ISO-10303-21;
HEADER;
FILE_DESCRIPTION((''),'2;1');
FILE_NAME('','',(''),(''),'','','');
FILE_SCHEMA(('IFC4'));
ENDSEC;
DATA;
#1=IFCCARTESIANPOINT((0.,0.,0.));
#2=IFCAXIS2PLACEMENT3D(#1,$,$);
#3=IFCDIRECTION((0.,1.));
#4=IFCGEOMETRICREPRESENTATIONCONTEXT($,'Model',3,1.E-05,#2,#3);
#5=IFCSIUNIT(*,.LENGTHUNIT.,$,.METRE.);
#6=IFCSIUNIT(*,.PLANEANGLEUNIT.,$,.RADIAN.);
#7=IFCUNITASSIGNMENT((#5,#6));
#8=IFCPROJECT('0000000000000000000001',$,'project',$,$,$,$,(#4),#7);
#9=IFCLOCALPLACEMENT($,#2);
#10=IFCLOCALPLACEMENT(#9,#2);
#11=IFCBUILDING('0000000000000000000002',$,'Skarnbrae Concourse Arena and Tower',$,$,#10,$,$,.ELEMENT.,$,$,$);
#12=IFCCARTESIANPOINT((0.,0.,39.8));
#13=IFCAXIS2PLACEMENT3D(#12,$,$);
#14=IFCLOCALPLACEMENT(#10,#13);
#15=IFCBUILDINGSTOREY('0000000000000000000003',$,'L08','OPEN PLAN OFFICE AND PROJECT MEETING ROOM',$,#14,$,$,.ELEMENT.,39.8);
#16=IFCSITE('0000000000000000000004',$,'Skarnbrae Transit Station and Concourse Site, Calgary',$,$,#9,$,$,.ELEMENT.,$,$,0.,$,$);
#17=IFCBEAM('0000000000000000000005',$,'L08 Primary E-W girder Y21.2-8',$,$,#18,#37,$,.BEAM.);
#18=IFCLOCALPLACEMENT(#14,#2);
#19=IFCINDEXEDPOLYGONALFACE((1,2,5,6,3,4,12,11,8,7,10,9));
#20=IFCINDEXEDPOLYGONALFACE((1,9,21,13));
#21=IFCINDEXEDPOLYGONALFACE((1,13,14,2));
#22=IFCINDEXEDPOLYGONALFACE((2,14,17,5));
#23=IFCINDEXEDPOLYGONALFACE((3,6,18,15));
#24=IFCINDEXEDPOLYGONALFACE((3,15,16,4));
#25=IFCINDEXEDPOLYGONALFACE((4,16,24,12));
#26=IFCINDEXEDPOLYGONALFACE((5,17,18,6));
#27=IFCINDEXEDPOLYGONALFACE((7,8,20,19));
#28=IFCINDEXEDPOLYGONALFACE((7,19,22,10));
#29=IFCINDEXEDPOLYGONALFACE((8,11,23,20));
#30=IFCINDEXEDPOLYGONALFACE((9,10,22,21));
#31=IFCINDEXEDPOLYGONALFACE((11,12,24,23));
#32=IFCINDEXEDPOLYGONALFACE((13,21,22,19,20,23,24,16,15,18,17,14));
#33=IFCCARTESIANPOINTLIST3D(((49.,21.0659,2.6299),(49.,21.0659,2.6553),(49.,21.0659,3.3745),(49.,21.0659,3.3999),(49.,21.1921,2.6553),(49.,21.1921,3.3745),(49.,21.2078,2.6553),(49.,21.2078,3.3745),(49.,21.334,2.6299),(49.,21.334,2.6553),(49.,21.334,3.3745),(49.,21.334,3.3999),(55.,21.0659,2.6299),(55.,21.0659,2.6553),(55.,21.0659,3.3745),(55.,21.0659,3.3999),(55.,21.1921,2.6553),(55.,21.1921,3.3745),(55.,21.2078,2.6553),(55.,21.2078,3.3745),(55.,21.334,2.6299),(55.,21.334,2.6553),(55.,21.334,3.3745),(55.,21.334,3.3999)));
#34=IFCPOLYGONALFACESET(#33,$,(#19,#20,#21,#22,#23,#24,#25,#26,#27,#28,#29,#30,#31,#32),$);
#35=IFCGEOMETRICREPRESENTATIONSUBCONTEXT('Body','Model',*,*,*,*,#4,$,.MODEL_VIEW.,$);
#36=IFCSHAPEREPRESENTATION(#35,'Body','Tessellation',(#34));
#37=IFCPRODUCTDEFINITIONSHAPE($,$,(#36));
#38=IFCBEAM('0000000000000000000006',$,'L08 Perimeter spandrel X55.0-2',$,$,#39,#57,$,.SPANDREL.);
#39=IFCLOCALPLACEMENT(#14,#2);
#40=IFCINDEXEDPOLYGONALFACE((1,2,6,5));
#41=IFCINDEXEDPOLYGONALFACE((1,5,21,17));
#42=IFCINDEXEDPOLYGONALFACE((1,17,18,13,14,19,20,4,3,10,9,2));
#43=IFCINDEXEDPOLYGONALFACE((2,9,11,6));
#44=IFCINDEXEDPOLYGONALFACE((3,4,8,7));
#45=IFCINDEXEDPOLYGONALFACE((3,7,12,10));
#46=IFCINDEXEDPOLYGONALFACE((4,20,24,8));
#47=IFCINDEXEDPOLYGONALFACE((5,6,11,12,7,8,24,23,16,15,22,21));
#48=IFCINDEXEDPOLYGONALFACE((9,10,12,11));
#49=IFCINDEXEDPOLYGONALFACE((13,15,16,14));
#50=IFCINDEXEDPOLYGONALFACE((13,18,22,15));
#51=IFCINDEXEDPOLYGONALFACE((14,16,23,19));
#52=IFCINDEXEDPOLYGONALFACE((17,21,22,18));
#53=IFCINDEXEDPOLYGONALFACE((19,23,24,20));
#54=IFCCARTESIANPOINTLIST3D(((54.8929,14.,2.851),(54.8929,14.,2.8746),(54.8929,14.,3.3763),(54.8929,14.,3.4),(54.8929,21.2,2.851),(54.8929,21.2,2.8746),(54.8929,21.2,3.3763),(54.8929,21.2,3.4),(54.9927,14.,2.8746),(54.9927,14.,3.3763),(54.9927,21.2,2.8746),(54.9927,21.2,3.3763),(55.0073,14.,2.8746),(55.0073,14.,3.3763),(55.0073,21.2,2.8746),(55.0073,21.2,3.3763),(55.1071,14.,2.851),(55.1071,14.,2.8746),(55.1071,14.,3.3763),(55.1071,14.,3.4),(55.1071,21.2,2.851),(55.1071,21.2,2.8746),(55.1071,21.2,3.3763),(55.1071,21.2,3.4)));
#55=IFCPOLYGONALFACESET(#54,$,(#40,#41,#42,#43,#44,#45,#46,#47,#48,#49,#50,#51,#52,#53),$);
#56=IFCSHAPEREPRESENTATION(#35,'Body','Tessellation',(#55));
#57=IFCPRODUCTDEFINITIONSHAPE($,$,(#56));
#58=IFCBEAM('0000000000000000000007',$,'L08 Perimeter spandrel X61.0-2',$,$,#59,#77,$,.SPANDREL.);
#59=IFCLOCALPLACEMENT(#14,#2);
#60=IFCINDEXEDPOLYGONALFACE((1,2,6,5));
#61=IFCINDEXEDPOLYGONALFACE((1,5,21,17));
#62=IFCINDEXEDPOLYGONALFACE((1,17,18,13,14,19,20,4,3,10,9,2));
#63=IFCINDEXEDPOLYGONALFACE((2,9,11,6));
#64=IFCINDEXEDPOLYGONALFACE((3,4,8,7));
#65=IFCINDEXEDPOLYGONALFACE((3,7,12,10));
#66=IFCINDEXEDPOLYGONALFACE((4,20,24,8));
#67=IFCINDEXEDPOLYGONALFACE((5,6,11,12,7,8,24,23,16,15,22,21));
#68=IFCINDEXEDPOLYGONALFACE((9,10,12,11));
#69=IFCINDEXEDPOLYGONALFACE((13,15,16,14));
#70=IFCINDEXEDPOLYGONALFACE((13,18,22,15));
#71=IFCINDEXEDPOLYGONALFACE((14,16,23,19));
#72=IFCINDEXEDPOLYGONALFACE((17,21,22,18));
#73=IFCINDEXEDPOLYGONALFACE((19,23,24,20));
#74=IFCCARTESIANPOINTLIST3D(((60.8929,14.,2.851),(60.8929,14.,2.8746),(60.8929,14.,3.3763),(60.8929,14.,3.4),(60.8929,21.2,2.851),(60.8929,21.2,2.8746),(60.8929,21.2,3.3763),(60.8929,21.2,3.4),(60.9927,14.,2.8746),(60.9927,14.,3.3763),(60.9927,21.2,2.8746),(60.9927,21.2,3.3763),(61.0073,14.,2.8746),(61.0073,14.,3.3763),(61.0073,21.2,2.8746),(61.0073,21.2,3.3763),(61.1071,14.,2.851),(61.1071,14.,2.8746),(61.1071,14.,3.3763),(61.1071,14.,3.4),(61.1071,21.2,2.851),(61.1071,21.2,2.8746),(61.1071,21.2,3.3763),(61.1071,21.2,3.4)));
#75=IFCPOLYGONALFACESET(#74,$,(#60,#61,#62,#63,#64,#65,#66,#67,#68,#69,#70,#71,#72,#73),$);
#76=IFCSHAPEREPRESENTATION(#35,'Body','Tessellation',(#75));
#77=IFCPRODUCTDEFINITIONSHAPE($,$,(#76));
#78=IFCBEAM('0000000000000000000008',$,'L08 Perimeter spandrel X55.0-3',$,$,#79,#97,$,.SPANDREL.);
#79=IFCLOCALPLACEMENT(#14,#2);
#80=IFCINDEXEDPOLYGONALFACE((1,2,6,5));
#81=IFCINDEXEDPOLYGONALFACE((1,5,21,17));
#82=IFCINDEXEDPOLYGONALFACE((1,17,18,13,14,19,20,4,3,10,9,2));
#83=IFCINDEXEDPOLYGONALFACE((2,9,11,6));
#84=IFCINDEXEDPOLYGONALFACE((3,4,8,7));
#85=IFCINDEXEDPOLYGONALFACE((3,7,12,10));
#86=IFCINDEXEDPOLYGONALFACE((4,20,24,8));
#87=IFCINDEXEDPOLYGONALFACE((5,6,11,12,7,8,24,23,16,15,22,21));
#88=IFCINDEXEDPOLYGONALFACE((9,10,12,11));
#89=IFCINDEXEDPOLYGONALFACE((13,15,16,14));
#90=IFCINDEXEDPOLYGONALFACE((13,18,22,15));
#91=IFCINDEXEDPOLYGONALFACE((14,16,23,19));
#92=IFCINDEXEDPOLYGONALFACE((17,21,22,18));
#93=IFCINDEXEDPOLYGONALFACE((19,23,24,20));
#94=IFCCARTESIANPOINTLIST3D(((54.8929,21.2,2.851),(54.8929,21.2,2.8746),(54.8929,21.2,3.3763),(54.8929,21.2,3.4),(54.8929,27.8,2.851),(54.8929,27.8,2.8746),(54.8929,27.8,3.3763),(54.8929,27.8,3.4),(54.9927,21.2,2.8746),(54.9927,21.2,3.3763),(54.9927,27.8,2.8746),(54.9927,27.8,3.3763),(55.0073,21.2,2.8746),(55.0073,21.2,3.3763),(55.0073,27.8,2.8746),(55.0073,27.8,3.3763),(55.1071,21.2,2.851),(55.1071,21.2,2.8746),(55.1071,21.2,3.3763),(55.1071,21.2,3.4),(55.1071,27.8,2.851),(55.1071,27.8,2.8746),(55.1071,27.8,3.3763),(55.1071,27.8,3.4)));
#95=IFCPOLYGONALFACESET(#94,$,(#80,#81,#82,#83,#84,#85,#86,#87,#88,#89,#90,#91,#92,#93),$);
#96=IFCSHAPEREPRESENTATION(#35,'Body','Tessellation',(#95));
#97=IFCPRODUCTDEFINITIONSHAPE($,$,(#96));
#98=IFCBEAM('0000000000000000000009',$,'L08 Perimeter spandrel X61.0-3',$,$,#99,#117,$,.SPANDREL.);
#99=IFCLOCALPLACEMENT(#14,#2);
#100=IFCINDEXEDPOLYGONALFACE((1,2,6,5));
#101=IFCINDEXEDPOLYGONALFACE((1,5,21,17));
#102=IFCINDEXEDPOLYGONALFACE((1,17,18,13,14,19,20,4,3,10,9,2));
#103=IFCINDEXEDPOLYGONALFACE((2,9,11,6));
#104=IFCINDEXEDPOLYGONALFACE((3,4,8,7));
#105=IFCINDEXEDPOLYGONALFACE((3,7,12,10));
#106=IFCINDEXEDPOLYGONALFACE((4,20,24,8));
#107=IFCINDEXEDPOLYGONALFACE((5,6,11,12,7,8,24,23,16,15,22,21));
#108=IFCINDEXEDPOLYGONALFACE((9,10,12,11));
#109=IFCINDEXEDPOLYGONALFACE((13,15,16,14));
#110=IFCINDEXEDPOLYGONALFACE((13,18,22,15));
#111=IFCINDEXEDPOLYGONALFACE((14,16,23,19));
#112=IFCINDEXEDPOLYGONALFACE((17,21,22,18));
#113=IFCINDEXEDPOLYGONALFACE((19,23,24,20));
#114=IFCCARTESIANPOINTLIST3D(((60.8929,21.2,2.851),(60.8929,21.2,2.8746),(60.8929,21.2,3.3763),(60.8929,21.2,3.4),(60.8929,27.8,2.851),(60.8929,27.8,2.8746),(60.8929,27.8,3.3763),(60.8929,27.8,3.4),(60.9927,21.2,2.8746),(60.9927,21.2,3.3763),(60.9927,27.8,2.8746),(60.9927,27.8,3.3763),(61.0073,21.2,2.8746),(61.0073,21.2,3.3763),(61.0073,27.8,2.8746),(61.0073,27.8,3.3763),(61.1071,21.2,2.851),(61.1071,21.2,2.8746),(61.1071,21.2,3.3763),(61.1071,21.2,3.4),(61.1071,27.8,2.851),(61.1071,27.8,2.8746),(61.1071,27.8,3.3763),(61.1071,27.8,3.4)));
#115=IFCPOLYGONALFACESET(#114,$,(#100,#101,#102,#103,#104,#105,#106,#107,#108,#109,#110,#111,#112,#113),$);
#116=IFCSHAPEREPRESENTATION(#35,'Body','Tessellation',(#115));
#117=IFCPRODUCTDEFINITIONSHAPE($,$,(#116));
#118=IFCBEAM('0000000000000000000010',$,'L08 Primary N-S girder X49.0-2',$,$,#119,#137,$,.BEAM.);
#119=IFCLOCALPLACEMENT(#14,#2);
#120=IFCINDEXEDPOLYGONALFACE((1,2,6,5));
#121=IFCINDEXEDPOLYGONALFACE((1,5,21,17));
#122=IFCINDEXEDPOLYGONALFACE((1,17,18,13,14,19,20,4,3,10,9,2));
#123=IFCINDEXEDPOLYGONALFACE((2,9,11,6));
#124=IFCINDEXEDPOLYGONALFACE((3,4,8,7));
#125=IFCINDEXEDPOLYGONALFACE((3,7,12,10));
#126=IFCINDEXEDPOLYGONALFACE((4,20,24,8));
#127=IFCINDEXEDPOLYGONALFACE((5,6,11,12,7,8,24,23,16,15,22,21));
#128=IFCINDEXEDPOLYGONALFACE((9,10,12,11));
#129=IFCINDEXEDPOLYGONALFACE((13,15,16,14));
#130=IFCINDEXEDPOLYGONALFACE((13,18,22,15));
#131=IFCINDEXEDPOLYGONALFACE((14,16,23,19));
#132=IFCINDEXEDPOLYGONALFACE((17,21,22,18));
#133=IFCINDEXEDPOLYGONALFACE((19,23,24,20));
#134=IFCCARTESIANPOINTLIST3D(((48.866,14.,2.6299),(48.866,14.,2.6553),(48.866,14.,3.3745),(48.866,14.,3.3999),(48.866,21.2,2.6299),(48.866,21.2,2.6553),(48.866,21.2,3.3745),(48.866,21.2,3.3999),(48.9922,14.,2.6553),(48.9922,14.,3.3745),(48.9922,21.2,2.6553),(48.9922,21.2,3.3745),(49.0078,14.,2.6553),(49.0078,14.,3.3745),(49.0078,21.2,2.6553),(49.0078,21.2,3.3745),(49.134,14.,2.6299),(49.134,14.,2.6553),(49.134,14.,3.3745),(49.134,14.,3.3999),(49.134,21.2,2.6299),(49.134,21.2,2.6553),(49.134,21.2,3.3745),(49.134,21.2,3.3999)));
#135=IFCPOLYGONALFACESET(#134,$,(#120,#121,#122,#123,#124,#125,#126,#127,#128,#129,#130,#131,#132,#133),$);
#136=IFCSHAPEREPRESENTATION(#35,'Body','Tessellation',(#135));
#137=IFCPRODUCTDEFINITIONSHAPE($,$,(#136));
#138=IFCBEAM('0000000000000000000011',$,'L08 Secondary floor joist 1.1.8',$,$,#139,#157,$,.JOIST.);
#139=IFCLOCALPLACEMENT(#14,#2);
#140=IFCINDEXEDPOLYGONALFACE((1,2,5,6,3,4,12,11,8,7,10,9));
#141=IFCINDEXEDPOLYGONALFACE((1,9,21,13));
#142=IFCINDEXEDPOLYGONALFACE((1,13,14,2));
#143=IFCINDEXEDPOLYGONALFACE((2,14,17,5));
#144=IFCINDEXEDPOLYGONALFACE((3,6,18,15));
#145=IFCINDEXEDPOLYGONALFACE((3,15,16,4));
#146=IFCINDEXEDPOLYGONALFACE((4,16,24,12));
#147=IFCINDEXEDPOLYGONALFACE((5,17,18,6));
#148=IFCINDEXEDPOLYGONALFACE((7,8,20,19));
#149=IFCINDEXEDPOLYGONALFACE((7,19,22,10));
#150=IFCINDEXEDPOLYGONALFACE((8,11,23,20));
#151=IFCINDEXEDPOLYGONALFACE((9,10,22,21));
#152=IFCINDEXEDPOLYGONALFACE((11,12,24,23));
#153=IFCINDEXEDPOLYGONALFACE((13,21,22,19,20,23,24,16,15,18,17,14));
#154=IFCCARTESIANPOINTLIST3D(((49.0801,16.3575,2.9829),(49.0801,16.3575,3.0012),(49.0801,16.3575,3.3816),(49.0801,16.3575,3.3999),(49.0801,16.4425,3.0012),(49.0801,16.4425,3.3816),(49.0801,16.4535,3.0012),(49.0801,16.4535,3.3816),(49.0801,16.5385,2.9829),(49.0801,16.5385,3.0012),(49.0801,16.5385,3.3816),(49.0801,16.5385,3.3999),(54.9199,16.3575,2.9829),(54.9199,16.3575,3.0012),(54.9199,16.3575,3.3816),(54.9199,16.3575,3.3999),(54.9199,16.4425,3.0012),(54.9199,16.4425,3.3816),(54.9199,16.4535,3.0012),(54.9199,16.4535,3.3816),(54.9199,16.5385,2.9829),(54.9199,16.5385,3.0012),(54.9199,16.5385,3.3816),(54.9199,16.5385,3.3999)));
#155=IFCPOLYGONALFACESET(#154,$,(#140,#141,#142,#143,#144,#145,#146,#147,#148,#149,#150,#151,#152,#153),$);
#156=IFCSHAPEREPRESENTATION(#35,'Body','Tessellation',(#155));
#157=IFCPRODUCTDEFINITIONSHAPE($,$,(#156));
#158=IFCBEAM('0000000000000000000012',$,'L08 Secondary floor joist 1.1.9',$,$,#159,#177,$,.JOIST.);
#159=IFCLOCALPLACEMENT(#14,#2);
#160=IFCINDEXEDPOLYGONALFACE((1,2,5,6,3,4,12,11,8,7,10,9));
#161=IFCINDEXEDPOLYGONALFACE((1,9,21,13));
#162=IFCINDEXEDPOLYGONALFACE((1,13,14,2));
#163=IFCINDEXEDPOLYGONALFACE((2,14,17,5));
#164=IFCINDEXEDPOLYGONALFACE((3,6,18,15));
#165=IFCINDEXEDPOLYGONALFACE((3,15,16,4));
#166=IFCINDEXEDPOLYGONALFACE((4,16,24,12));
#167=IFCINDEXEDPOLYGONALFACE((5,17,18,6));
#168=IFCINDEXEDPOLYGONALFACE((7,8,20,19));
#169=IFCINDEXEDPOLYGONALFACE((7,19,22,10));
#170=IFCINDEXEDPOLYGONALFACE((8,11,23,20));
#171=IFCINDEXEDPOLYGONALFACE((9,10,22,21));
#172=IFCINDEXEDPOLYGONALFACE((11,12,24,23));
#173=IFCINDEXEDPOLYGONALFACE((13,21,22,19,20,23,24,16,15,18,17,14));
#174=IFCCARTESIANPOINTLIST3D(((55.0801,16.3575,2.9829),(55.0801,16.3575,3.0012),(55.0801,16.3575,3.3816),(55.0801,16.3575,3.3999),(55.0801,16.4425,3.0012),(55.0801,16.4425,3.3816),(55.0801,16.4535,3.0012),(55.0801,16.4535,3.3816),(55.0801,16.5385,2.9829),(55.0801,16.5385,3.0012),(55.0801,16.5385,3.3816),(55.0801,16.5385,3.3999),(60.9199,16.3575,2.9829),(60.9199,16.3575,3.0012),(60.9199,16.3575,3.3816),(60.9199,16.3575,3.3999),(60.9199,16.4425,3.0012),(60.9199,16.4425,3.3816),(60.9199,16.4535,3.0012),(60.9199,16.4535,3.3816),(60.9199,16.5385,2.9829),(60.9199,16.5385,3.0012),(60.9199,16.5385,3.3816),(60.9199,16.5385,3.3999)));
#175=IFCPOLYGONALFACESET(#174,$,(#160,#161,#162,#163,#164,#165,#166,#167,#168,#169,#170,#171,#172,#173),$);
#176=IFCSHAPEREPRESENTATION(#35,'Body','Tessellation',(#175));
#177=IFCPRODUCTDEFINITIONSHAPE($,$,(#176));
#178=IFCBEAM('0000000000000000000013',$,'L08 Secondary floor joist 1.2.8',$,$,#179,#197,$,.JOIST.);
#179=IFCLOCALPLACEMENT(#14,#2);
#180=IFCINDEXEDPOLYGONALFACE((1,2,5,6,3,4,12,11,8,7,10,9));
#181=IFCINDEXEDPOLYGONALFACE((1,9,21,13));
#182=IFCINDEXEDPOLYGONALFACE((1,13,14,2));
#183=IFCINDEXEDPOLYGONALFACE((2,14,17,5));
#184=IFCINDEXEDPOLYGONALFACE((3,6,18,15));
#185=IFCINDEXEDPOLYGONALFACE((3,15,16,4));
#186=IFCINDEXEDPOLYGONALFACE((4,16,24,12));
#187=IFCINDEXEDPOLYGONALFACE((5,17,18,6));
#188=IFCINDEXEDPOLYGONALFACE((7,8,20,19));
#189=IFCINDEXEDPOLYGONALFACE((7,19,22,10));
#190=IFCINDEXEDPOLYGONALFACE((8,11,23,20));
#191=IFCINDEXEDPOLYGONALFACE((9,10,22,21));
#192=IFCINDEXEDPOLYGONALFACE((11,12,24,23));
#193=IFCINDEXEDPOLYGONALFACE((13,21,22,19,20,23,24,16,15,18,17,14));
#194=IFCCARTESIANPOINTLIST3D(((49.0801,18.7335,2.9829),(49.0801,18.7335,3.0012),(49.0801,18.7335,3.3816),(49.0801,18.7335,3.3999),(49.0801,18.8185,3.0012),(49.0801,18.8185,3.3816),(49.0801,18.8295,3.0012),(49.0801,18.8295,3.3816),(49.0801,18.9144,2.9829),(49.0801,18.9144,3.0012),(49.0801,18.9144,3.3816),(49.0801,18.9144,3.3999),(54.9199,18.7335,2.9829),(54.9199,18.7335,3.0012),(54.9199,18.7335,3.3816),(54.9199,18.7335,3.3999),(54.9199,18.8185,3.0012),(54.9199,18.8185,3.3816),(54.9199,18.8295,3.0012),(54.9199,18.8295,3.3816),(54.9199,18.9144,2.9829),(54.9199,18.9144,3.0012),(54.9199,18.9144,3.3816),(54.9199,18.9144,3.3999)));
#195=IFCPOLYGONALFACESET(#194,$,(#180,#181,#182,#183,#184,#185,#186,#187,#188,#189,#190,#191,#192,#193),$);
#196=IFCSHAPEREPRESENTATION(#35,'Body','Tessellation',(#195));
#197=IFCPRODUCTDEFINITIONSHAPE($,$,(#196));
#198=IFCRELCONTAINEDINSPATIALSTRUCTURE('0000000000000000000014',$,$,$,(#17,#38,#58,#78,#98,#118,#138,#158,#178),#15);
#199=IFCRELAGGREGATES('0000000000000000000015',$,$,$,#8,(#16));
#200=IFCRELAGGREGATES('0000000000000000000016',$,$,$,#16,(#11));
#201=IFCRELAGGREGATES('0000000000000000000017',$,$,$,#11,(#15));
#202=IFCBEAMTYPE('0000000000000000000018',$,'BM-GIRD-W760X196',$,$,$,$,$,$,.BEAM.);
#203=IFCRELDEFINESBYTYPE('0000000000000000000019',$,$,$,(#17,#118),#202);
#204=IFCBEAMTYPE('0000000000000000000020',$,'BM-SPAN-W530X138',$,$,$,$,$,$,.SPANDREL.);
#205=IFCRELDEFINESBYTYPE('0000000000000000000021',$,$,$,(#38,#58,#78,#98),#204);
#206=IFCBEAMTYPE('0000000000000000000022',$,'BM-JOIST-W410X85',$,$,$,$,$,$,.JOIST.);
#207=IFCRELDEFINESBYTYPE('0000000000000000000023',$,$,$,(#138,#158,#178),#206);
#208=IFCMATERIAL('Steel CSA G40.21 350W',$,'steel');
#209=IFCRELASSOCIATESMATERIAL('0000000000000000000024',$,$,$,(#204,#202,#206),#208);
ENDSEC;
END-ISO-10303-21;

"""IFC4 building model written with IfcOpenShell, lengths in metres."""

from ifc_helpers import new_model, si_unit, direction, frame, origin, origin_2d, place, context, subcontext, project, spatial, i_section, extrude, source, transform, mapped, material, material_profile, profile_set, type_object, element, save


model = new_model("IFC4")

# Units and contexts
model_context = context("Model", 3, precision=1e-05, world=origin(), true_north=direction((0.0, 1.0)))
body_context = subcontext(model_context, "Body", "Model", "MODEL_VIEW")
ifc_project = project(units=[si_unit("LENGTHUNIT", "METRE"), si_unit("PLANEANGLEUNIT", "RADIAN")], contexts=[model_context])

# Site, building, storey
site_placement = place(None, origin())
site = spatial("IfcSite", under=ifc_project, at=site_placement, Name="Skarnbrae Transit Station and Concourse Site, Calgary", CompositionType="ELEMENT", RefElevation=0.0)
building_placement = place(site_placement, origin())
building = spatial("IfcBuilding", under=site, at=building_placement, Name="Skarnbrae Concourse Arena and Tower", CompositionType="ELEMENT")
storey_placement = place(building_placement, frame((0.0, 0.0, 39.8)))
storey = spatial("IfcBuildingStorey", under=building, at=storey_placement, Name="L08", Description="OPEN PLAN OFFICE AND PROJECT MEETING ROOM", CompositionType="ELEMENT", Elevation=39.8)

# Shared definitions
ifc_material_1 = material(Name="Steel CSA G40.21 350W", Category="steel")

# Beams
ifc_material_profile_1 = material_profile(ifc_material_1, i_section(OverallWidth=0.2141, OverallDepth=0.5491, WebThickness=0.0146, FlangeThickness=0.0237, at=origin_2d()), Name="W530X138")
ifc_profile_set_1 = profile_set([ifc_material_profile_1], Name="Steel CSA G40.21 350W")
beam_type_1 = type_object("IfcBeamType", Name="BM-SPAN-W530X138", PredefinedType="SPANDREL", material=ifc_profile_set_1)
ifc_material_profile_2 = material_profile(ifc_material_1, i_section(OverallWidth=0.2681, OverallDepth=0.77, WebThickness=0.0156, FlangeThickness=0.0254, at=origin_2d()), Name="W760X196")
ifc_profile_set_2 = profile_set([ifc_material_profile_2], Name="Steel CSA G40.21 350W")
beam_type_2 = type_object("IfcBeamType", Name="BM-GIRD-W760X196", PredefinedType="BEAM", material=ifc_profile_set_2)
shared_shape_1 = source(origin(), body_context, "Body", "SweptSolid", [
    extrude(i_section(OverallWidth=0.2681, OverallDepth=0.77, WebThickness=0.0156, FlangeThickness=0.0254, at=origin_2d()), origin(), (0.0, 0.0, 1.0), 6.0),
])
beam_1_placement = place(storey_placement, frame((49.0, 21.2, 3.0149), z_axis=(1.0, 0.0, 0.0), x_axis=(0.0, 1.0, 0.0)))
element("IfcBeam", 1, at=beam_1_placement, inside=storey, type_object=beam_type_2, Name="L08 Primary E-W girder Y21.2-8", PredefinedType="BEAM", context=body_context, shape_type="MappedRepresentation", body=[
    mapped(shared_shape_1, transform((0.0, 0.0, 0.0))),
])
shared_shape_2 = source(origin(), body_context, "Body", "SweptSolid", [
    extrude(i_section(OverallWidth=0.2141, OverallDepth=0.5491, WebThickness=0.0146, FlangeThickness=0.0237, at=origin_2d()), origin(), (0.0, 0.0, 1.0), 7.2),
])
for number, where, z_axis, x_axis, name in (
    (2, (55.0, 14.0, 3.1255), (0.0, 1.0, 0.0), (-1.0, 0.0, 0.0), "L08 Perimeter spandrel X55.0-2"),
    (3, (61.0, 14.0, 3.1255), (0.0, 1.0, 0.0), (-1.0, 0.0, 0.0), "L08 Perimeter spandrel X61.0-2"),
):
    element("IfcBeam", number, at=place(storey_placement, frame(where, z_axis=z_axis, x_axis=x_axis)), inside=storey, type_object=beam_type_1, Name=name, PredefinedType="SPANDREL", context=body_context, shape_type="MappedRepresentation", body=[
        mapped(shared_shape_2, transform((0.0, 0.0, 0.0))),
    ])
shared_shape_3 = source(origin(), body_context, "Body", "SweptSolid", [
    extrude(i_section(OverallWidth=0.2141, OverallDepth=0.5491, WebThickness=0.0146, FlangeThickness=0.0237, at=origin_2d()), origin(), (0.0, 0.0, 1.0), 6.6001),
])
for number, where, z_axis, x_axis, name in (
    (4, (55.0, 21.2, 3.1255), (0.0, 1.0, 0.0), (-1.0, 0.0, 0.0), "L08 Perimeter spandrel X55.0-3"),
    (5, (61.0, 21.2, 3.1255), (0.0, 1.0, 0.0), (-1.0, 0.0, 0.0), "L08 Perimeter spandrel X61.0-3"),
):
    element("IfcBeam", number, at=place(storey_placement, frame(where, z_axis=z_axis, x_axis=x_axis)), inside=storey, type_object=beam_type_1, Name=name, PredefinedType="SPANDREL", context=body_context, shape_type="MappedRepresentation", body=[
        mapped(shared_shape_3, transform((0.0, 0.0, 0.0))),
    ])
shared_shape_4 = source(origin(), body_context, "Body", "SweptSolid", [
    extrude(i_section(OverallWidth=0.2681, OverallDepth=0.77, WebThickness=0.0156, FlangeThickness=0.0254, at=origin_2d()), origin(), (0.0, 0.0, 1.0), 7.2),
])
beam_2_placement = place(storey_placement, frame((49.0, 14.0, 3.0149), z_axis=(0.0, 1.0, 0.0), x_axis=(-1.0, 0.0, 0.0)))
element("IfcBeam", 6, at=beam_2_placement, inside=storey, type_object=beam_type_2, Name="L08 Primary N-S girder X49.0-2", PredefinedType="BEAM", context=body_context, shape_type="MappedRepresentation", body=[
    mapped(shared_shape_4, transform((0.0, 0.0, 0.0))),
])
ifc_material_profile_3 = material_profile(ifc_material_1, i_section(OverallWidth=0.1809, OverallDepth=0.417, WebThickness=0.011, FlangeThickness=0.0183, at=origin_2d()), Name="W410X85")
ifc_profile_set_3 = profile_set([ifc_material_profile_3], Name="Steel CSA G40.21 350W")
beam_type_3 = type_object("IfcBeamType", Name="BM-JOIST-W410X85", PredefinedType="JOIST", material=ifc_profile_set_3)
shared_shape_5 = source(origin(), body_context, "Body", "SweptSolid", [
    extrude(i_section(OverallWidth=0.1809, OverallDepth=0.417, WebThickness=0.011, FlangeThickness=0.0183, at=origin_2d()), origin(), (0.0, 0.0, 1.0), 5.8398),
])
for number, where, z_axis, x_axis, name in (
    (7, (49.0801, 16.448, 3.1914), (1.0, 0.0, 0.0), (0.0, 1.0, 0.0), "L08 Secondary floor joist 1.1.8"),
    (8, (55.0801, 16.448, 3.1914), (1.0, 0.0, 0.0), (0.0, 1.0, 0.0), "L08 Secondary floor joist 1.1.9"),
    (9, (49.0801, 18.824, 3.1914), (1.0, 0.0, 0.0), (0.0, 1.0, 0.0), "L08 Secondary floor joist 1.2.8"),
):
    element("IfcBeam", number, at=place(storey_placement, frame(where, z_axis=z_axis, x_axis=x_axis)), inside=storey, type_object=beam_type_3, Name=name, PredefinedType="JOIST", context=body_context, shape_type="MappedRepresentation", body=[
        mapped(shared_shape_5, transform((0.0, 0.0, 0.0))),
    ])

save(model, "model.ifc")
